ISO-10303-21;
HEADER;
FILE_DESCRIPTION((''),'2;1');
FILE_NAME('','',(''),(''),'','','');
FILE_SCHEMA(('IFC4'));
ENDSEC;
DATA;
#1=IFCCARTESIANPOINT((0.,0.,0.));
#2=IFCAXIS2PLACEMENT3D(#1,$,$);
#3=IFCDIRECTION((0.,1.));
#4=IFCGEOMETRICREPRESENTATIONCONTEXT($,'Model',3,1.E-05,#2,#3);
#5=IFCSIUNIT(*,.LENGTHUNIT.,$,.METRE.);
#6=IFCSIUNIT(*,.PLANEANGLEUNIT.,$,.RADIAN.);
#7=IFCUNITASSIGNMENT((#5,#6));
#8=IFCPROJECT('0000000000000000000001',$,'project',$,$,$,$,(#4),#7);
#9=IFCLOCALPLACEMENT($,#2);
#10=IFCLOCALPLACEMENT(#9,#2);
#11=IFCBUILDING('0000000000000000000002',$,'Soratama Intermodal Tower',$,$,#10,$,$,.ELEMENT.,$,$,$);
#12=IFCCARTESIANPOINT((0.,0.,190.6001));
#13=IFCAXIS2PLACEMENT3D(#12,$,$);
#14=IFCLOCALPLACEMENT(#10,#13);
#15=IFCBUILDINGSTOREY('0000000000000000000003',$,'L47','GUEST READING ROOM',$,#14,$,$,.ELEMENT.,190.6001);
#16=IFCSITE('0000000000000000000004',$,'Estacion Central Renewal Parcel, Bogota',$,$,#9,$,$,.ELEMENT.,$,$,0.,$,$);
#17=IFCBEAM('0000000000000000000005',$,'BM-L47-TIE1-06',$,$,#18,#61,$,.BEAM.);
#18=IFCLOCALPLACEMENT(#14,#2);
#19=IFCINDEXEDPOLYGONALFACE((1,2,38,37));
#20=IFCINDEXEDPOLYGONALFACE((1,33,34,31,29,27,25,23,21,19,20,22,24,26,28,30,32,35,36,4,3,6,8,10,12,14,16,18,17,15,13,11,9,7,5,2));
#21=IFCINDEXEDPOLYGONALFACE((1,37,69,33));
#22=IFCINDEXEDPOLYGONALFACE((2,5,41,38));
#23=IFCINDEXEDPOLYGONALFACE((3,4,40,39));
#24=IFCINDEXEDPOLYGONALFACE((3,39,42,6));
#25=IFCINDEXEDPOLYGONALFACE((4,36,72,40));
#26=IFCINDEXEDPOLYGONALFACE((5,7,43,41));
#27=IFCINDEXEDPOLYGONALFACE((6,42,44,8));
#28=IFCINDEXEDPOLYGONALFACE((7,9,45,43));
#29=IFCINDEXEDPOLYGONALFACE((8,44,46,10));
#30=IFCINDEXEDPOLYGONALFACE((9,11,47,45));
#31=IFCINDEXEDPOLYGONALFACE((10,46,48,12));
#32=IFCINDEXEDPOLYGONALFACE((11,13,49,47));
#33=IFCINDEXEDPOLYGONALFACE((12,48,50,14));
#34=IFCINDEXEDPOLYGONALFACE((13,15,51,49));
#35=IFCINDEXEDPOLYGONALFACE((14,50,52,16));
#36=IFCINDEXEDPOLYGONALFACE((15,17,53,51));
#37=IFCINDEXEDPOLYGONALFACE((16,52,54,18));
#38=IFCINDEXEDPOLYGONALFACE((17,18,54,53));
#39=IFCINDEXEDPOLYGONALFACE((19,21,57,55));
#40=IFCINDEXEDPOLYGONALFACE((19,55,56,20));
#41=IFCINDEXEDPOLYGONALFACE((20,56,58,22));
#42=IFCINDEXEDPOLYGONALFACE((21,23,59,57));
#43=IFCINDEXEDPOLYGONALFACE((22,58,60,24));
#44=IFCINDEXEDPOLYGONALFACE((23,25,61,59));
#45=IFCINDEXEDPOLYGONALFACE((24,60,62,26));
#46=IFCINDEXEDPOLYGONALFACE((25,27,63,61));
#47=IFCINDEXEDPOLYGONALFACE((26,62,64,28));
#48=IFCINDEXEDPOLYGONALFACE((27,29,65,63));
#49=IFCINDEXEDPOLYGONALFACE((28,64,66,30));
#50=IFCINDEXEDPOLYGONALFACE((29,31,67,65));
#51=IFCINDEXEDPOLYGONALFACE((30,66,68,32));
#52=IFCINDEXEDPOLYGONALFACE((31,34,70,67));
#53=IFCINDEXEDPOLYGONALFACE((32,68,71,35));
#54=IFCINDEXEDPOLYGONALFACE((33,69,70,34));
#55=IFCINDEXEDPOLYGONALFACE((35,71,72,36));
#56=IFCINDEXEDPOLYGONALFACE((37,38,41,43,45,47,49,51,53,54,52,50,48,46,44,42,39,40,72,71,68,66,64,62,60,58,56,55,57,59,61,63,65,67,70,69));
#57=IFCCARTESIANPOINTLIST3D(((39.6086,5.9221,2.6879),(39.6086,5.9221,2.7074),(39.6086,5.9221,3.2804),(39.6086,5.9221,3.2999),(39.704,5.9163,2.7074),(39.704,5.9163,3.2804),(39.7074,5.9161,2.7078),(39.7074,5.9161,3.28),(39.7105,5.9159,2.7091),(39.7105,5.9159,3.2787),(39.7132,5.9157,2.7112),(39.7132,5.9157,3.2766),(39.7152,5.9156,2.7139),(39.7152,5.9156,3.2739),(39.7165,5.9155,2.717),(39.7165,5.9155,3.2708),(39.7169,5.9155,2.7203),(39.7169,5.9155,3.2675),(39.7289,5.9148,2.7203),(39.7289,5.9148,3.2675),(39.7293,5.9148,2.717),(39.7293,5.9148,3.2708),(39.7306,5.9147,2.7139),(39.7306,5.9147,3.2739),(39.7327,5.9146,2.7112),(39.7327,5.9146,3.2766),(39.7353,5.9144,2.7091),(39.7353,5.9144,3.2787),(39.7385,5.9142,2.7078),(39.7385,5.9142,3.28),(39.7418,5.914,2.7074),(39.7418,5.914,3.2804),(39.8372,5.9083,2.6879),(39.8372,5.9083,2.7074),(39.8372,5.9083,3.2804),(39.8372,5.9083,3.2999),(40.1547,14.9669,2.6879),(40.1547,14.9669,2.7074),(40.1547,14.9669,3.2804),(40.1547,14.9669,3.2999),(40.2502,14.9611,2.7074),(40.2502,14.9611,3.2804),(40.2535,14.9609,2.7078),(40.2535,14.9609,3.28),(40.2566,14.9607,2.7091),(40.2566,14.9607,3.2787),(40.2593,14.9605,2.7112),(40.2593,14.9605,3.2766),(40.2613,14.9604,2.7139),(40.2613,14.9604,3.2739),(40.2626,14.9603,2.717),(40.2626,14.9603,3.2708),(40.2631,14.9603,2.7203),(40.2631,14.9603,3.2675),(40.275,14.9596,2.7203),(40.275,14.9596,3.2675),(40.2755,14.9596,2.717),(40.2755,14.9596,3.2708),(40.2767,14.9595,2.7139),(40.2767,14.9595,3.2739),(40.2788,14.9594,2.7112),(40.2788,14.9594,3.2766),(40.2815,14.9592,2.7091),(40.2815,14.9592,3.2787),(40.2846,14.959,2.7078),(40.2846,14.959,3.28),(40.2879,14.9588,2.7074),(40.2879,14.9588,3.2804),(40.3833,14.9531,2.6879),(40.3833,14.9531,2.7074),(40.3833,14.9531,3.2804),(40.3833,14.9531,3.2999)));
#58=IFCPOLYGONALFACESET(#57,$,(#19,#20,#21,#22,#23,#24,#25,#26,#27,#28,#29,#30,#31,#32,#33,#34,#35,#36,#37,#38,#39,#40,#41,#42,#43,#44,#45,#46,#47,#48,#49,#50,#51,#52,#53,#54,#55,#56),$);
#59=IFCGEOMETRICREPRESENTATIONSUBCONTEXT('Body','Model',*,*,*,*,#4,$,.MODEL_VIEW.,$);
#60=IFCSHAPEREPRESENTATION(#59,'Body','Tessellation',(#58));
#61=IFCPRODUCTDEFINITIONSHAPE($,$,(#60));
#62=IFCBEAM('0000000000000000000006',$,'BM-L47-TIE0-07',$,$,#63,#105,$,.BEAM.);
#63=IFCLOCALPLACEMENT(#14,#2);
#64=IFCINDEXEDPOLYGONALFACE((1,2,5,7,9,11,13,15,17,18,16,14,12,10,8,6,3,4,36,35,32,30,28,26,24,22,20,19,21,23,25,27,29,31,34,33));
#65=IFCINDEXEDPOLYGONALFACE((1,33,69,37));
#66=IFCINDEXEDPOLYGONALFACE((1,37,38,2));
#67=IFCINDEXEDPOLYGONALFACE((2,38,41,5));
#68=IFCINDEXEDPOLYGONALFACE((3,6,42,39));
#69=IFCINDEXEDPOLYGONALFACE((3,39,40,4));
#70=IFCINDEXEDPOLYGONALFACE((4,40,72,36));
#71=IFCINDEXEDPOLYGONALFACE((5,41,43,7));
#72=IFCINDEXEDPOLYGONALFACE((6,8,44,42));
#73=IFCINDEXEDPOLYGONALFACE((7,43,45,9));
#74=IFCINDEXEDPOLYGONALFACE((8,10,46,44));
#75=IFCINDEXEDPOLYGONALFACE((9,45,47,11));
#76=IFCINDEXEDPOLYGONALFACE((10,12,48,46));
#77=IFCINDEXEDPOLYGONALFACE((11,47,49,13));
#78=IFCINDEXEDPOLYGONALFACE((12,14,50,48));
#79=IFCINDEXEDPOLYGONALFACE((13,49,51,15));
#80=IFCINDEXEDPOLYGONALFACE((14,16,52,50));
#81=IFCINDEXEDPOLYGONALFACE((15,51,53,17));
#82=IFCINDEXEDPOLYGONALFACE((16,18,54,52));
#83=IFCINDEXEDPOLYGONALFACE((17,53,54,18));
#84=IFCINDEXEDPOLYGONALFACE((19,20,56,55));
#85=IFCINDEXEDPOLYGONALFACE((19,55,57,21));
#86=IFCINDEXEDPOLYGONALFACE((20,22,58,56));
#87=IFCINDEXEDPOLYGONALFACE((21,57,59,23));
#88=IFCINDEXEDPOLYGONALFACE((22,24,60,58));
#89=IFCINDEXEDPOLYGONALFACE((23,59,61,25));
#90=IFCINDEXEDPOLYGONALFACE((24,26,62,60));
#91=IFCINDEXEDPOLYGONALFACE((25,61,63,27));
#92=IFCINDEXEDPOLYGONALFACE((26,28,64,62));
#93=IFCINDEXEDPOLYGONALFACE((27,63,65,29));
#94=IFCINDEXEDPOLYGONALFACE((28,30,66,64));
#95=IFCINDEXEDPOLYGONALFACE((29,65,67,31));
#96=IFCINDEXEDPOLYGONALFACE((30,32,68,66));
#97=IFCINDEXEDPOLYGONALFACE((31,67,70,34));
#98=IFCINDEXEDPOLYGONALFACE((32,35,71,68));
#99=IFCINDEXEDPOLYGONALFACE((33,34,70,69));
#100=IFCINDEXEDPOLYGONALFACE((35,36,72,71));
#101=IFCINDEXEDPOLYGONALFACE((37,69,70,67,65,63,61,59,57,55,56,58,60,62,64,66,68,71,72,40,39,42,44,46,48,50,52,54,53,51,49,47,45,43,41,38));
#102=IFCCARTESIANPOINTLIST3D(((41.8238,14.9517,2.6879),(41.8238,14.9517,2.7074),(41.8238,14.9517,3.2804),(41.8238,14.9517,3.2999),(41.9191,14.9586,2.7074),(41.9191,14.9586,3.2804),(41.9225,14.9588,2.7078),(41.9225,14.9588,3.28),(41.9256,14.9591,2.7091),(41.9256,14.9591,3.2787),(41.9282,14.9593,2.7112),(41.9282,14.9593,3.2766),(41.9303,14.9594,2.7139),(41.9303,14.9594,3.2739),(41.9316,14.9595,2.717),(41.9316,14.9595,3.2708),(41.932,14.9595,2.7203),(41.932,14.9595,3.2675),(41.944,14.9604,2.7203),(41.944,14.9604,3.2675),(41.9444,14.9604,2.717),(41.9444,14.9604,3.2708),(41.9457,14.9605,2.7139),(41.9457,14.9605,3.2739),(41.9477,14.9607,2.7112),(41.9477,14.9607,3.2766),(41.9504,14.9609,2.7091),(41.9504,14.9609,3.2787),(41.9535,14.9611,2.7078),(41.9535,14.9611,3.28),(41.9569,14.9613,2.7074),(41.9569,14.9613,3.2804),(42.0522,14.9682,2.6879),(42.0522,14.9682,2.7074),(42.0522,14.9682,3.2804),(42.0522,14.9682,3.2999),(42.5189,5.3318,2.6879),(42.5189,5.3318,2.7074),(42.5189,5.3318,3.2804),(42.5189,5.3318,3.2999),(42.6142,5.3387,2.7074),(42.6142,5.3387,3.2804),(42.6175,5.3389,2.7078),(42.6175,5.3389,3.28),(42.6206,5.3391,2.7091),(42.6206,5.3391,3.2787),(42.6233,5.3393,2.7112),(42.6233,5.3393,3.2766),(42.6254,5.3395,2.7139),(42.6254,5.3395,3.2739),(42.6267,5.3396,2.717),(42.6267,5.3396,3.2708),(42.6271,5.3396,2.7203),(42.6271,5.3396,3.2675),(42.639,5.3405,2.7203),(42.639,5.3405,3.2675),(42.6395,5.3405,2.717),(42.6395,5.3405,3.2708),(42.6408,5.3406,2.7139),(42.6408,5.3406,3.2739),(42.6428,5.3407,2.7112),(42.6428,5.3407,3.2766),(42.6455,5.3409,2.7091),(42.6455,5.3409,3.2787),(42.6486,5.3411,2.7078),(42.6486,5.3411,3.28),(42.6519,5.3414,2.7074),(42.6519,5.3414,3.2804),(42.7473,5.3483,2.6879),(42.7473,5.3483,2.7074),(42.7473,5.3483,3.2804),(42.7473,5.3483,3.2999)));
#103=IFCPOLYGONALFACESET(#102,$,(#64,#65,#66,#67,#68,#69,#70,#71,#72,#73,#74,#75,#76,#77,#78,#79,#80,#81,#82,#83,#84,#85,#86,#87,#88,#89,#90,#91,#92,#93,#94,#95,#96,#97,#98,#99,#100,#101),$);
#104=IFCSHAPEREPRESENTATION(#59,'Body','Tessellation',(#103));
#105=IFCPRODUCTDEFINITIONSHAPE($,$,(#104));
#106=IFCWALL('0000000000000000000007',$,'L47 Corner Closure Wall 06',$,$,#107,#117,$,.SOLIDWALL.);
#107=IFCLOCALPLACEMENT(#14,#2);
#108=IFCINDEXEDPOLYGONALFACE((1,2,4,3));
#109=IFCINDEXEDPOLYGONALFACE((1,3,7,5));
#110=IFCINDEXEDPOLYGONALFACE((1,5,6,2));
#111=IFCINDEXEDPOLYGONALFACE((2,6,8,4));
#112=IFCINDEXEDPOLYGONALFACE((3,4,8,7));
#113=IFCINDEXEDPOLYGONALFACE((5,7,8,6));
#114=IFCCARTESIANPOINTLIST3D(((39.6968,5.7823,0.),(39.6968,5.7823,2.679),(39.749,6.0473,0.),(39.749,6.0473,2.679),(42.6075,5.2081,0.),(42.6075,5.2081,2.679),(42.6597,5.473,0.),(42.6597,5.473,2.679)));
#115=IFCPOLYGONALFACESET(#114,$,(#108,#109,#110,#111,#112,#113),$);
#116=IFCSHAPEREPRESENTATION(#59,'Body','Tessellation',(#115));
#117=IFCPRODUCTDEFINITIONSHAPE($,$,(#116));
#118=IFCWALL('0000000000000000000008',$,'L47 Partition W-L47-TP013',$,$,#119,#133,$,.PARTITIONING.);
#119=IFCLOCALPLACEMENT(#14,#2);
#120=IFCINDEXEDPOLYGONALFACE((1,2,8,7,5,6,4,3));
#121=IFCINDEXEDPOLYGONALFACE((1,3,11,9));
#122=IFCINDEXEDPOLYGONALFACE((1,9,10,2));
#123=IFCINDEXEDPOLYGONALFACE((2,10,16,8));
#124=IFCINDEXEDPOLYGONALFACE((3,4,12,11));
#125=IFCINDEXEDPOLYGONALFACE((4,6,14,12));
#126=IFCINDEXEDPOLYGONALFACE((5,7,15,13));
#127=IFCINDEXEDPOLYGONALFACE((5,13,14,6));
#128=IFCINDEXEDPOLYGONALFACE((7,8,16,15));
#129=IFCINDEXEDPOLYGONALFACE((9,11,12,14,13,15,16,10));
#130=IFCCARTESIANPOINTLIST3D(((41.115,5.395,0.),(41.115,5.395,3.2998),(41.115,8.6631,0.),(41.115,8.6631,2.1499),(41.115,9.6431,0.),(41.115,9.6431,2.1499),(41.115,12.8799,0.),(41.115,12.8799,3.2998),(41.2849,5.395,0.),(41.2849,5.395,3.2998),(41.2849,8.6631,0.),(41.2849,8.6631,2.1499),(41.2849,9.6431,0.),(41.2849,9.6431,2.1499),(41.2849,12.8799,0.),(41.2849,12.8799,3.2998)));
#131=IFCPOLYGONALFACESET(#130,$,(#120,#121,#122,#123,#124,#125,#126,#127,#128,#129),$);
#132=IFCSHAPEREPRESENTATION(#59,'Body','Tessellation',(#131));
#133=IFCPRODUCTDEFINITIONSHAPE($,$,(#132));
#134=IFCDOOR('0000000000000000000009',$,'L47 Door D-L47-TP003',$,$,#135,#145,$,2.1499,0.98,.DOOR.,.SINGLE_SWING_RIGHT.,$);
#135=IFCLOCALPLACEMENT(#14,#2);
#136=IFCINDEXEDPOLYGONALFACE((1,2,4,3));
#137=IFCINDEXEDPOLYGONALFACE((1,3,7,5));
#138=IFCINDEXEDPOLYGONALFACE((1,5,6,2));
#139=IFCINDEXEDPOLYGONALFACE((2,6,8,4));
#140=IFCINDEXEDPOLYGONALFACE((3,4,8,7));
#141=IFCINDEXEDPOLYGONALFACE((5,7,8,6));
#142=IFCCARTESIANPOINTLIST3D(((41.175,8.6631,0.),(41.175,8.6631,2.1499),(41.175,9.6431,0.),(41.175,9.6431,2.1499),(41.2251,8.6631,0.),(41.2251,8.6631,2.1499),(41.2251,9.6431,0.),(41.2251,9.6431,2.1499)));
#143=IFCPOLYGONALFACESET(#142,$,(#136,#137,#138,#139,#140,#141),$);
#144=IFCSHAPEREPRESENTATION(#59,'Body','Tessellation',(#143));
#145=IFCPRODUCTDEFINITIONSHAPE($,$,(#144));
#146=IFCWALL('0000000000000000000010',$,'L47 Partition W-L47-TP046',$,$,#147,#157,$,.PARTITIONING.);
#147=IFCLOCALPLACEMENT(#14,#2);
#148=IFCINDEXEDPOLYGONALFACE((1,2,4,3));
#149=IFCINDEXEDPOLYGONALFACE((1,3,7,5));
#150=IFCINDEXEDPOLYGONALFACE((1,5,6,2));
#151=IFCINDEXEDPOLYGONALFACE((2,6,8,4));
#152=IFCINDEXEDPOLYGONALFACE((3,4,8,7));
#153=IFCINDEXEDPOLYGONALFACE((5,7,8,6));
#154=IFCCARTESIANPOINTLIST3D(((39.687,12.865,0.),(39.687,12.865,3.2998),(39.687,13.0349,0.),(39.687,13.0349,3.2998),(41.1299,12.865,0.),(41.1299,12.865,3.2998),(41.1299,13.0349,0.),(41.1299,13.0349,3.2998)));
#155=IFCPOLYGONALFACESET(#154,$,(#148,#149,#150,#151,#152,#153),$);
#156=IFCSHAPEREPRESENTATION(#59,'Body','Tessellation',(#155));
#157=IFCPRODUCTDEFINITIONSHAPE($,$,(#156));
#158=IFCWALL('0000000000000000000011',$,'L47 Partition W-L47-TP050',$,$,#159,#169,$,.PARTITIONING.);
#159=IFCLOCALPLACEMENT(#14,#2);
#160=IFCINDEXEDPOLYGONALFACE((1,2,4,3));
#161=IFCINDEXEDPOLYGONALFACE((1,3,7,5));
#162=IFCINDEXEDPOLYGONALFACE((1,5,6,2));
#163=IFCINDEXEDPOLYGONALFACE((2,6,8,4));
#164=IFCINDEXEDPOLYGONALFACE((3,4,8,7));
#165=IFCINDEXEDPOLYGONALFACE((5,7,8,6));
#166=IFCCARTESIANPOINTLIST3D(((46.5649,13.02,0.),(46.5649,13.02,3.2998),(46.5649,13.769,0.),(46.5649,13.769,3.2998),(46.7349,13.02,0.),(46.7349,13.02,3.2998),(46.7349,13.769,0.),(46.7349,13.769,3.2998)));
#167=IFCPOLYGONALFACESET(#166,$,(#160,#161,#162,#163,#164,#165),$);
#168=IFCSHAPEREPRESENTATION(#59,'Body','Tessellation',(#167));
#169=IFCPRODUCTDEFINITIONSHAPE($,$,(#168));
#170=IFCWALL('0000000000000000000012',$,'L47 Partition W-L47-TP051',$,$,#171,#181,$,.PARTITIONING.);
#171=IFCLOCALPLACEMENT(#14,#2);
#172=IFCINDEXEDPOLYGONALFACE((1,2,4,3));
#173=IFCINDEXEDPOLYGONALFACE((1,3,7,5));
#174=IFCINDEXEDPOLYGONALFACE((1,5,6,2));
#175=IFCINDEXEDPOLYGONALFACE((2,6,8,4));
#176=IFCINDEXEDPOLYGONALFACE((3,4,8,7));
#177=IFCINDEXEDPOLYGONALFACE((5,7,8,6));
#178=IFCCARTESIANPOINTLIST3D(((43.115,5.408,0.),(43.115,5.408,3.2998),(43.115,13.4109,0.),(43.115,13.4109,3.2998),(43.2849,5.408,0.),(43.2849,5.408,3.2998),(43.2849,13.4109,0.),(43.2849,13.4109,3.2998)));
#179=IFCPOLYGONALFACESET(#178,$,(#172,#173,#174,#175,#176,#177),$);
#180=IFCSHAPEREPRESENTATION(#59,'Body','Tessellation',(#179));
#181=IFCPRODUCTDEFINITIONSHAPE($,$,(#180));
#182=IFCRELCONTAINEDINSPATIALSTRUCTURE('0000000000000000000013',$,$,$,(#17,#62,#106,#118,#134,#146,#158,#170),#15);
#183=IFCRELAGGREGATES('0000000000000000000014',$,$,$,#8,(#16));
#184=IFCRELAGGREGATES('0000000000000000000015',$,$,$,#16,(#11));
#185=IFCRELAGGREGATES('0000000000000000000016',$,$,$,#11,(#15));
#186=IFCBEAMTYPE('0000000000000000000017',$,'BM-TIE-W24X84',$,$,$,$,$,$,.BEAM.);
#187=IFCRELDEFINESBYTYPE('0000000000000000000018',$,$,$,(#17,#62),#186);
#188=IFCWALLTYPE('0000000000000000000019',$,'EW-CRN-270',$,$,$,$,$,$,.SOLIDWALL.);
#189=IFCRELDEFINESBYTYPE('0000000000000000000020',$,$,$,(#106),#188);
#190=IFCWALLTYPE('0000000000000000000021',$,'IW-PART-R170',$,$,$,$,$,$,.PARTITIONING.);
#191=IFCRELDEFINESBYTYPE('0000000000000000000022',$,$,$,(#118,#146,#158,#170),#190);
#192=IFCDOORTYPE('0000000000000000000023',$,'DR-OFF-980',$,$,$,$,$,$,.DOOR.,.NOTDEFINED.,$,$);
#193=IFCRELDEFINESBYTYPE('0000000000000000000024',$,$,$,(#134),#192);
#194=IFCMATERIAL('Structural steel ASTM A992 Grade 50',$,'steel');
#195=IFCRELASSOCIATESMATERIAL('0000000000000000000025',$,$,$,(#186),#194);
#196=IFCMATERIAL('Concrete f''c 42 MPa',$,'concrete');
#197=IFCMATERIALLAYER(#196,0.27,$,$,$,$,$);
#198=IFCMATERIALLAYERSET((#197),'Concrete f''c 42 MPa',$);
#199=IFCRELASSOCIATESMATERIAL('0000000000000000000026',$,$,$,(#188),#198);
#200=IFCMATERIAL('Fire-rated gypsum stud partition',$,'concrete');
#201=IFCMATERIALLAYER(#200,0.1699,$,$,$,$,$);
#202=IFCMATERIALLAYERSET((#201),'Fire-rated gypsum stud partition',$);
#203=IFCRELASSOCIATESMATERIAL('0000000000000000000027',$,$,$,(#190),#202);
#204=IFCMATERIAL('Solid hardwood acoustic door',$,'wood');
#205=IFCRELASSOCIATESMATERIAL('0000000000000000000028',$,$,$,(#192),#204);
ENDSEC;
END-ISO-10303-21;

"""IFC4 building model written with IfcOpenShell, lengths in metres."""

from ifc_helpers import new_model, si_unit, direction, frame, frame_2d, origin, origin_2d, place, context, subcontext, project, spatial, rectangle, i_section, extrude, material, layer, layer_set, material_profile, profile_set, type_object, element, fill, save


model = new_model("IFC4")

# Units and contexts
model_context = context("Model", 3, precision=1e-05, world=origin(), true_north=direction((0.0, 1.0)))
body_context = subcontext(model_context, "Body", "Model", "MODEL_VIEW")
ifc_project = project(units=[si_unit("LENGTHUNIT", "METRE"), si_unit("PLANEANGLEUNIT", "RADIAN")], contexts=[model_context])

# Site, building, storey
site_placement = place(None, origin())
site = spatial("IfcSite", under=ifc_project, at=site_placement, Name="Estacion Central Renewal Parcel, Bogota", CompositionType="ELEMENT", RefElevation=0.0)
building_placement = place(site_placement, origin())
building = spatial("IfcBuilding", under=site, at=building_placement, Name="Soratama Intermodal Tower", CompositionType="ELEMENT")
storey_placement = place(building_placement, frame((0.0, 0.0, 190.6001)))
storey = spatial("IfcBuildingStorey", under=building, at=storey_placement, Name="L47", Description="GUEST READING ROOM", CompositionType="ELEMENT", Elevation=190.6001)

# Beams
ifc_material_1 = material(Name="Structural steel ASTM A992 Grade 50", Category="steel")
ifc_material_profile_1 = material_profile(ifc_material_1, i_section(OverallWidth=0.229, OverallDepth=0.6121, WebThickness=0.012, FlangeThickness=0.0195, FilletRadius=0.0129, at=origin_2d()), Name="W24X84")
ifc_profile_set_1 = profile_set([ifc_material_profile_1], Name="Structural steel ASTM A992 Grade 50")
beam_type_1 = type_object("IfcBeamType", Name="BM-TIE-W24X84", PredefinedType="BEAM", material=ifc_profile_set_1)
beam_1_placement = place(storey_placement, frame((40.269, 14.96, 2.9939), z_axis=(-0.060271, -0.998182, 0.0), x_axis=(0.998182, -0.060271, 0.0)))
element("IfcBeam", 1, at=beam_1_placement, inside=storey, type_object=beam_type_1, Name="BM-L47-TIE1-06", PredefinedType="BEAM", context=body_context, shape_type="SweptSolid", body=[
    extrude(i_section(OverallWidth=0.229, OverallDepth=0.6121, WebThickness=0.012, FlangeThickness=0.0195, FilletRadius=0.0129, at=origin_2d()), origin(), (0.0, 0.0, 1.0), 9.0613),
])
beam_2_placement = place(storey_placement, frame((41.938, 14.96, 2.9939), z_axis=(0.072066, -0.9974, 0.0), x_axis=(0.9974, 0.072066, 0.0)))
element("IfcBeam", 2, at=beam_2_placement, inside=storey, type_object=beam_type_1, Name="BM-L47-TIE0-07", PredefinedType="BEAM", context=body_context, shape_type="SweptSolid", body=[
    extrude(i_section(OverallWidth=0.229, OverallDepth=0.6121, WebThickness=0.012, FlangeThickness=0.0195, FilletRadius=0.0129, at=origin_2d()), origin(), (0.0, 0.0, 1.0), 9.645),
])

# Wall
ifc_material_2 = material(Name="Concrete f'c 42 MPa", Category="concrete")
ifc_layer_1 = layer(ifc_material_2, 0.27)
ifc_layer_set_1 = layer_set([ifc_layer_1], Name="Concrete f'c 42 MPa")
wall_type_1 = type_object("IfcWallType", Name="EW-CRN-270", PredefinedType="SOLIDWALL", material=ifc_layer_set_1)
wall_1_placement = place(storey_placement, frame((39.7229, 5.9148, 0.0), z_axis=(0.0, 0.0, 1.0), x_axis=(0.98109, -0.193552, 0.0)))
element("IfcWall", 3, at=wall_1_placement, inside=storey, type_object=wall_type_1, Name="L47 Corner Closure Wall 06", PredefinedType="SOLIDWALL", context=body_context, shape_type="SweptSolid", body=[
    extrude(rectangle(XDim=2.9668, YDim=0.27, at=frame_2d((1.4834, 0.0))), origin(), (0.0, 0.0, 1.0), 2.679),
])

# Wall, opening, door
ifc_material_3 = material(Name="Fire-rated gypsum stud partition", Category="concrete")
ifc_layer_2 = layer(ifc_material_3, 0.1699)
ifc_layer_set_2 = layer_set([ifc_layer_2], Name="Fire-rated gypsum stud partition")
wall_type_2 = type_object("IfcWallType", Name="IW-PART-R170", PredefinedType="PARTITIONING", material=ifc_layer_set_2)
wall_2_placement = place(storey_placement, frame((41.2, 5.395, 0.0), z_axis=(0.0, 0.0, 1.0), x_axis=(0.0, 1.0, 0.0)))
wall_2 = element("IfcWall", 4, at=wall_2_placement, inside=storey, type_object=wall_type_2, Name="L47 Partition W-L47-TP013", PredefinedType="PARTITIONING", context=body_context, shape_type="SweptSolid", body=[
    extrude(rectangle(XDim=7.4849, YDim=0.1699, at=frame_2d((3.7424, 0.0))), origin(), (0.0, 0.0, 1.0), 3.2998),
])
opening_1_placement = place(wall_2_placement, frame((3.2681, 0.0, 0.0)))
opening_1 = element("IfcOpeningElement", 5, at=opening_1_placement, cuts=wall_2, PredefinedType="OPENING", context=body_context, shape_type="SweptSolid", body=[
    extrude(rectangle(XDim=0.98, YDim=2.1499, at=frame_2d((0.49, 1.075))), frame((0.0, 0.095, 0.0), z_axis=(0.0, -1.0, 0.0), x_axis=(1.0, 0.0, 0.0)), (0.0, 0.0, 1.0), 0.1899),
])
ifc_material_4 = material(Name="Solid hardwood acoustic door", Category="wood")
door_type_1 = type_object("IfcDoorType", Name="DR-OFF-980", OperationType="NOTDEFINED", PredefinedType="DOOR", material=ifc_material_4)
door_1_placement = place(opening_1_placement, origin())
door_1 = element("IfcDoor", 6, at=door_1_placement, inside=storey, type_object=door_type_1, Name="L47 Door D-L47-TP003", OperationType="SINGLE_SWING_RIGHT", OverallHeight=2.1499, OverallWidth=0.98, PredefinedType="DOOR", context=body_context, shape_type="SweptSolid", body=[
    extrude(rectangle(XDim=0.98, YDim=2.1499, at=frame_2d((0.49, 1.075))), frame((0.0, 0.0249, 0.0), z_axis=(0.0, -1.0, 0.0), x_axis=(1.0, 0.0, 0.0)), (0.0, 0.0, 1.0), 0.05),
])
fill(opening_1, door_1)

# Walls
wall_3_placement = place(storey_placement, frame((41.1299, 12.95, 0.0), z_axis=(0.0, 0.0, 1.0), x_axis=(-1.0, 0.0, 0.0)))
element("IfcWall", 7, at=wall_3_placement, inside=storey, type_object=wall_type_2, Name="L47 Partition W-L47-TP046", PredefinedType="PARTITIONING", context=body_context, shape_type="SweptSolid", body=[
    extrude(rectangle(XDim=1.4429, YDim=0.1699, at=frame_2d((0.7214, 0.0))), origin(), (0.0, 0.0, 1.0), 3.2998),
])
wall_4_placement = place(storey_placement, frame((46.6499, 13.769, 0.0), z_axis=(0.0, 0.0, 1.0), x_axis=(0.0, -1.0, 0.0)))
element("IfcWall", 8, at=wall_4_placement, inside=storey, type_object=wall_type_2, Name="L47 Partition W-L47-TP050", PredefinedType="PARTITIONING", context=body_context, shape_type="SweptSolid", body=[
    extrude(rectangle(XDim=0.749, YDim=0.1699, at=frame_2d((0.3745, 0.0))), origin(), (0.0, 0.0, 1.0), 3.2998),
])
wall_5_placement = place(storey_placement, frame((43.2, 13.4109, 0.0), z_axis=(0.0, 0.0, 1.0), x_axis=(0.0, -1.0, 0.0)))
element("IfcWall", 9, at=wall_5_placement, inside=storey, type_object=wall_type_2, Name="L47 Partition W-L47-TP051", PredefinedType="PARTITIONING", context=body_context, shape_type="SweptSolid", body=[
    extrude(rectangle(XDim=8.0029, YDim=0.1699, at=frame_2d((4.0015, 0.0))), origin(), (0.0, 0.0, 1.0), 3.2998),
])

save(model, "model.ifc")
